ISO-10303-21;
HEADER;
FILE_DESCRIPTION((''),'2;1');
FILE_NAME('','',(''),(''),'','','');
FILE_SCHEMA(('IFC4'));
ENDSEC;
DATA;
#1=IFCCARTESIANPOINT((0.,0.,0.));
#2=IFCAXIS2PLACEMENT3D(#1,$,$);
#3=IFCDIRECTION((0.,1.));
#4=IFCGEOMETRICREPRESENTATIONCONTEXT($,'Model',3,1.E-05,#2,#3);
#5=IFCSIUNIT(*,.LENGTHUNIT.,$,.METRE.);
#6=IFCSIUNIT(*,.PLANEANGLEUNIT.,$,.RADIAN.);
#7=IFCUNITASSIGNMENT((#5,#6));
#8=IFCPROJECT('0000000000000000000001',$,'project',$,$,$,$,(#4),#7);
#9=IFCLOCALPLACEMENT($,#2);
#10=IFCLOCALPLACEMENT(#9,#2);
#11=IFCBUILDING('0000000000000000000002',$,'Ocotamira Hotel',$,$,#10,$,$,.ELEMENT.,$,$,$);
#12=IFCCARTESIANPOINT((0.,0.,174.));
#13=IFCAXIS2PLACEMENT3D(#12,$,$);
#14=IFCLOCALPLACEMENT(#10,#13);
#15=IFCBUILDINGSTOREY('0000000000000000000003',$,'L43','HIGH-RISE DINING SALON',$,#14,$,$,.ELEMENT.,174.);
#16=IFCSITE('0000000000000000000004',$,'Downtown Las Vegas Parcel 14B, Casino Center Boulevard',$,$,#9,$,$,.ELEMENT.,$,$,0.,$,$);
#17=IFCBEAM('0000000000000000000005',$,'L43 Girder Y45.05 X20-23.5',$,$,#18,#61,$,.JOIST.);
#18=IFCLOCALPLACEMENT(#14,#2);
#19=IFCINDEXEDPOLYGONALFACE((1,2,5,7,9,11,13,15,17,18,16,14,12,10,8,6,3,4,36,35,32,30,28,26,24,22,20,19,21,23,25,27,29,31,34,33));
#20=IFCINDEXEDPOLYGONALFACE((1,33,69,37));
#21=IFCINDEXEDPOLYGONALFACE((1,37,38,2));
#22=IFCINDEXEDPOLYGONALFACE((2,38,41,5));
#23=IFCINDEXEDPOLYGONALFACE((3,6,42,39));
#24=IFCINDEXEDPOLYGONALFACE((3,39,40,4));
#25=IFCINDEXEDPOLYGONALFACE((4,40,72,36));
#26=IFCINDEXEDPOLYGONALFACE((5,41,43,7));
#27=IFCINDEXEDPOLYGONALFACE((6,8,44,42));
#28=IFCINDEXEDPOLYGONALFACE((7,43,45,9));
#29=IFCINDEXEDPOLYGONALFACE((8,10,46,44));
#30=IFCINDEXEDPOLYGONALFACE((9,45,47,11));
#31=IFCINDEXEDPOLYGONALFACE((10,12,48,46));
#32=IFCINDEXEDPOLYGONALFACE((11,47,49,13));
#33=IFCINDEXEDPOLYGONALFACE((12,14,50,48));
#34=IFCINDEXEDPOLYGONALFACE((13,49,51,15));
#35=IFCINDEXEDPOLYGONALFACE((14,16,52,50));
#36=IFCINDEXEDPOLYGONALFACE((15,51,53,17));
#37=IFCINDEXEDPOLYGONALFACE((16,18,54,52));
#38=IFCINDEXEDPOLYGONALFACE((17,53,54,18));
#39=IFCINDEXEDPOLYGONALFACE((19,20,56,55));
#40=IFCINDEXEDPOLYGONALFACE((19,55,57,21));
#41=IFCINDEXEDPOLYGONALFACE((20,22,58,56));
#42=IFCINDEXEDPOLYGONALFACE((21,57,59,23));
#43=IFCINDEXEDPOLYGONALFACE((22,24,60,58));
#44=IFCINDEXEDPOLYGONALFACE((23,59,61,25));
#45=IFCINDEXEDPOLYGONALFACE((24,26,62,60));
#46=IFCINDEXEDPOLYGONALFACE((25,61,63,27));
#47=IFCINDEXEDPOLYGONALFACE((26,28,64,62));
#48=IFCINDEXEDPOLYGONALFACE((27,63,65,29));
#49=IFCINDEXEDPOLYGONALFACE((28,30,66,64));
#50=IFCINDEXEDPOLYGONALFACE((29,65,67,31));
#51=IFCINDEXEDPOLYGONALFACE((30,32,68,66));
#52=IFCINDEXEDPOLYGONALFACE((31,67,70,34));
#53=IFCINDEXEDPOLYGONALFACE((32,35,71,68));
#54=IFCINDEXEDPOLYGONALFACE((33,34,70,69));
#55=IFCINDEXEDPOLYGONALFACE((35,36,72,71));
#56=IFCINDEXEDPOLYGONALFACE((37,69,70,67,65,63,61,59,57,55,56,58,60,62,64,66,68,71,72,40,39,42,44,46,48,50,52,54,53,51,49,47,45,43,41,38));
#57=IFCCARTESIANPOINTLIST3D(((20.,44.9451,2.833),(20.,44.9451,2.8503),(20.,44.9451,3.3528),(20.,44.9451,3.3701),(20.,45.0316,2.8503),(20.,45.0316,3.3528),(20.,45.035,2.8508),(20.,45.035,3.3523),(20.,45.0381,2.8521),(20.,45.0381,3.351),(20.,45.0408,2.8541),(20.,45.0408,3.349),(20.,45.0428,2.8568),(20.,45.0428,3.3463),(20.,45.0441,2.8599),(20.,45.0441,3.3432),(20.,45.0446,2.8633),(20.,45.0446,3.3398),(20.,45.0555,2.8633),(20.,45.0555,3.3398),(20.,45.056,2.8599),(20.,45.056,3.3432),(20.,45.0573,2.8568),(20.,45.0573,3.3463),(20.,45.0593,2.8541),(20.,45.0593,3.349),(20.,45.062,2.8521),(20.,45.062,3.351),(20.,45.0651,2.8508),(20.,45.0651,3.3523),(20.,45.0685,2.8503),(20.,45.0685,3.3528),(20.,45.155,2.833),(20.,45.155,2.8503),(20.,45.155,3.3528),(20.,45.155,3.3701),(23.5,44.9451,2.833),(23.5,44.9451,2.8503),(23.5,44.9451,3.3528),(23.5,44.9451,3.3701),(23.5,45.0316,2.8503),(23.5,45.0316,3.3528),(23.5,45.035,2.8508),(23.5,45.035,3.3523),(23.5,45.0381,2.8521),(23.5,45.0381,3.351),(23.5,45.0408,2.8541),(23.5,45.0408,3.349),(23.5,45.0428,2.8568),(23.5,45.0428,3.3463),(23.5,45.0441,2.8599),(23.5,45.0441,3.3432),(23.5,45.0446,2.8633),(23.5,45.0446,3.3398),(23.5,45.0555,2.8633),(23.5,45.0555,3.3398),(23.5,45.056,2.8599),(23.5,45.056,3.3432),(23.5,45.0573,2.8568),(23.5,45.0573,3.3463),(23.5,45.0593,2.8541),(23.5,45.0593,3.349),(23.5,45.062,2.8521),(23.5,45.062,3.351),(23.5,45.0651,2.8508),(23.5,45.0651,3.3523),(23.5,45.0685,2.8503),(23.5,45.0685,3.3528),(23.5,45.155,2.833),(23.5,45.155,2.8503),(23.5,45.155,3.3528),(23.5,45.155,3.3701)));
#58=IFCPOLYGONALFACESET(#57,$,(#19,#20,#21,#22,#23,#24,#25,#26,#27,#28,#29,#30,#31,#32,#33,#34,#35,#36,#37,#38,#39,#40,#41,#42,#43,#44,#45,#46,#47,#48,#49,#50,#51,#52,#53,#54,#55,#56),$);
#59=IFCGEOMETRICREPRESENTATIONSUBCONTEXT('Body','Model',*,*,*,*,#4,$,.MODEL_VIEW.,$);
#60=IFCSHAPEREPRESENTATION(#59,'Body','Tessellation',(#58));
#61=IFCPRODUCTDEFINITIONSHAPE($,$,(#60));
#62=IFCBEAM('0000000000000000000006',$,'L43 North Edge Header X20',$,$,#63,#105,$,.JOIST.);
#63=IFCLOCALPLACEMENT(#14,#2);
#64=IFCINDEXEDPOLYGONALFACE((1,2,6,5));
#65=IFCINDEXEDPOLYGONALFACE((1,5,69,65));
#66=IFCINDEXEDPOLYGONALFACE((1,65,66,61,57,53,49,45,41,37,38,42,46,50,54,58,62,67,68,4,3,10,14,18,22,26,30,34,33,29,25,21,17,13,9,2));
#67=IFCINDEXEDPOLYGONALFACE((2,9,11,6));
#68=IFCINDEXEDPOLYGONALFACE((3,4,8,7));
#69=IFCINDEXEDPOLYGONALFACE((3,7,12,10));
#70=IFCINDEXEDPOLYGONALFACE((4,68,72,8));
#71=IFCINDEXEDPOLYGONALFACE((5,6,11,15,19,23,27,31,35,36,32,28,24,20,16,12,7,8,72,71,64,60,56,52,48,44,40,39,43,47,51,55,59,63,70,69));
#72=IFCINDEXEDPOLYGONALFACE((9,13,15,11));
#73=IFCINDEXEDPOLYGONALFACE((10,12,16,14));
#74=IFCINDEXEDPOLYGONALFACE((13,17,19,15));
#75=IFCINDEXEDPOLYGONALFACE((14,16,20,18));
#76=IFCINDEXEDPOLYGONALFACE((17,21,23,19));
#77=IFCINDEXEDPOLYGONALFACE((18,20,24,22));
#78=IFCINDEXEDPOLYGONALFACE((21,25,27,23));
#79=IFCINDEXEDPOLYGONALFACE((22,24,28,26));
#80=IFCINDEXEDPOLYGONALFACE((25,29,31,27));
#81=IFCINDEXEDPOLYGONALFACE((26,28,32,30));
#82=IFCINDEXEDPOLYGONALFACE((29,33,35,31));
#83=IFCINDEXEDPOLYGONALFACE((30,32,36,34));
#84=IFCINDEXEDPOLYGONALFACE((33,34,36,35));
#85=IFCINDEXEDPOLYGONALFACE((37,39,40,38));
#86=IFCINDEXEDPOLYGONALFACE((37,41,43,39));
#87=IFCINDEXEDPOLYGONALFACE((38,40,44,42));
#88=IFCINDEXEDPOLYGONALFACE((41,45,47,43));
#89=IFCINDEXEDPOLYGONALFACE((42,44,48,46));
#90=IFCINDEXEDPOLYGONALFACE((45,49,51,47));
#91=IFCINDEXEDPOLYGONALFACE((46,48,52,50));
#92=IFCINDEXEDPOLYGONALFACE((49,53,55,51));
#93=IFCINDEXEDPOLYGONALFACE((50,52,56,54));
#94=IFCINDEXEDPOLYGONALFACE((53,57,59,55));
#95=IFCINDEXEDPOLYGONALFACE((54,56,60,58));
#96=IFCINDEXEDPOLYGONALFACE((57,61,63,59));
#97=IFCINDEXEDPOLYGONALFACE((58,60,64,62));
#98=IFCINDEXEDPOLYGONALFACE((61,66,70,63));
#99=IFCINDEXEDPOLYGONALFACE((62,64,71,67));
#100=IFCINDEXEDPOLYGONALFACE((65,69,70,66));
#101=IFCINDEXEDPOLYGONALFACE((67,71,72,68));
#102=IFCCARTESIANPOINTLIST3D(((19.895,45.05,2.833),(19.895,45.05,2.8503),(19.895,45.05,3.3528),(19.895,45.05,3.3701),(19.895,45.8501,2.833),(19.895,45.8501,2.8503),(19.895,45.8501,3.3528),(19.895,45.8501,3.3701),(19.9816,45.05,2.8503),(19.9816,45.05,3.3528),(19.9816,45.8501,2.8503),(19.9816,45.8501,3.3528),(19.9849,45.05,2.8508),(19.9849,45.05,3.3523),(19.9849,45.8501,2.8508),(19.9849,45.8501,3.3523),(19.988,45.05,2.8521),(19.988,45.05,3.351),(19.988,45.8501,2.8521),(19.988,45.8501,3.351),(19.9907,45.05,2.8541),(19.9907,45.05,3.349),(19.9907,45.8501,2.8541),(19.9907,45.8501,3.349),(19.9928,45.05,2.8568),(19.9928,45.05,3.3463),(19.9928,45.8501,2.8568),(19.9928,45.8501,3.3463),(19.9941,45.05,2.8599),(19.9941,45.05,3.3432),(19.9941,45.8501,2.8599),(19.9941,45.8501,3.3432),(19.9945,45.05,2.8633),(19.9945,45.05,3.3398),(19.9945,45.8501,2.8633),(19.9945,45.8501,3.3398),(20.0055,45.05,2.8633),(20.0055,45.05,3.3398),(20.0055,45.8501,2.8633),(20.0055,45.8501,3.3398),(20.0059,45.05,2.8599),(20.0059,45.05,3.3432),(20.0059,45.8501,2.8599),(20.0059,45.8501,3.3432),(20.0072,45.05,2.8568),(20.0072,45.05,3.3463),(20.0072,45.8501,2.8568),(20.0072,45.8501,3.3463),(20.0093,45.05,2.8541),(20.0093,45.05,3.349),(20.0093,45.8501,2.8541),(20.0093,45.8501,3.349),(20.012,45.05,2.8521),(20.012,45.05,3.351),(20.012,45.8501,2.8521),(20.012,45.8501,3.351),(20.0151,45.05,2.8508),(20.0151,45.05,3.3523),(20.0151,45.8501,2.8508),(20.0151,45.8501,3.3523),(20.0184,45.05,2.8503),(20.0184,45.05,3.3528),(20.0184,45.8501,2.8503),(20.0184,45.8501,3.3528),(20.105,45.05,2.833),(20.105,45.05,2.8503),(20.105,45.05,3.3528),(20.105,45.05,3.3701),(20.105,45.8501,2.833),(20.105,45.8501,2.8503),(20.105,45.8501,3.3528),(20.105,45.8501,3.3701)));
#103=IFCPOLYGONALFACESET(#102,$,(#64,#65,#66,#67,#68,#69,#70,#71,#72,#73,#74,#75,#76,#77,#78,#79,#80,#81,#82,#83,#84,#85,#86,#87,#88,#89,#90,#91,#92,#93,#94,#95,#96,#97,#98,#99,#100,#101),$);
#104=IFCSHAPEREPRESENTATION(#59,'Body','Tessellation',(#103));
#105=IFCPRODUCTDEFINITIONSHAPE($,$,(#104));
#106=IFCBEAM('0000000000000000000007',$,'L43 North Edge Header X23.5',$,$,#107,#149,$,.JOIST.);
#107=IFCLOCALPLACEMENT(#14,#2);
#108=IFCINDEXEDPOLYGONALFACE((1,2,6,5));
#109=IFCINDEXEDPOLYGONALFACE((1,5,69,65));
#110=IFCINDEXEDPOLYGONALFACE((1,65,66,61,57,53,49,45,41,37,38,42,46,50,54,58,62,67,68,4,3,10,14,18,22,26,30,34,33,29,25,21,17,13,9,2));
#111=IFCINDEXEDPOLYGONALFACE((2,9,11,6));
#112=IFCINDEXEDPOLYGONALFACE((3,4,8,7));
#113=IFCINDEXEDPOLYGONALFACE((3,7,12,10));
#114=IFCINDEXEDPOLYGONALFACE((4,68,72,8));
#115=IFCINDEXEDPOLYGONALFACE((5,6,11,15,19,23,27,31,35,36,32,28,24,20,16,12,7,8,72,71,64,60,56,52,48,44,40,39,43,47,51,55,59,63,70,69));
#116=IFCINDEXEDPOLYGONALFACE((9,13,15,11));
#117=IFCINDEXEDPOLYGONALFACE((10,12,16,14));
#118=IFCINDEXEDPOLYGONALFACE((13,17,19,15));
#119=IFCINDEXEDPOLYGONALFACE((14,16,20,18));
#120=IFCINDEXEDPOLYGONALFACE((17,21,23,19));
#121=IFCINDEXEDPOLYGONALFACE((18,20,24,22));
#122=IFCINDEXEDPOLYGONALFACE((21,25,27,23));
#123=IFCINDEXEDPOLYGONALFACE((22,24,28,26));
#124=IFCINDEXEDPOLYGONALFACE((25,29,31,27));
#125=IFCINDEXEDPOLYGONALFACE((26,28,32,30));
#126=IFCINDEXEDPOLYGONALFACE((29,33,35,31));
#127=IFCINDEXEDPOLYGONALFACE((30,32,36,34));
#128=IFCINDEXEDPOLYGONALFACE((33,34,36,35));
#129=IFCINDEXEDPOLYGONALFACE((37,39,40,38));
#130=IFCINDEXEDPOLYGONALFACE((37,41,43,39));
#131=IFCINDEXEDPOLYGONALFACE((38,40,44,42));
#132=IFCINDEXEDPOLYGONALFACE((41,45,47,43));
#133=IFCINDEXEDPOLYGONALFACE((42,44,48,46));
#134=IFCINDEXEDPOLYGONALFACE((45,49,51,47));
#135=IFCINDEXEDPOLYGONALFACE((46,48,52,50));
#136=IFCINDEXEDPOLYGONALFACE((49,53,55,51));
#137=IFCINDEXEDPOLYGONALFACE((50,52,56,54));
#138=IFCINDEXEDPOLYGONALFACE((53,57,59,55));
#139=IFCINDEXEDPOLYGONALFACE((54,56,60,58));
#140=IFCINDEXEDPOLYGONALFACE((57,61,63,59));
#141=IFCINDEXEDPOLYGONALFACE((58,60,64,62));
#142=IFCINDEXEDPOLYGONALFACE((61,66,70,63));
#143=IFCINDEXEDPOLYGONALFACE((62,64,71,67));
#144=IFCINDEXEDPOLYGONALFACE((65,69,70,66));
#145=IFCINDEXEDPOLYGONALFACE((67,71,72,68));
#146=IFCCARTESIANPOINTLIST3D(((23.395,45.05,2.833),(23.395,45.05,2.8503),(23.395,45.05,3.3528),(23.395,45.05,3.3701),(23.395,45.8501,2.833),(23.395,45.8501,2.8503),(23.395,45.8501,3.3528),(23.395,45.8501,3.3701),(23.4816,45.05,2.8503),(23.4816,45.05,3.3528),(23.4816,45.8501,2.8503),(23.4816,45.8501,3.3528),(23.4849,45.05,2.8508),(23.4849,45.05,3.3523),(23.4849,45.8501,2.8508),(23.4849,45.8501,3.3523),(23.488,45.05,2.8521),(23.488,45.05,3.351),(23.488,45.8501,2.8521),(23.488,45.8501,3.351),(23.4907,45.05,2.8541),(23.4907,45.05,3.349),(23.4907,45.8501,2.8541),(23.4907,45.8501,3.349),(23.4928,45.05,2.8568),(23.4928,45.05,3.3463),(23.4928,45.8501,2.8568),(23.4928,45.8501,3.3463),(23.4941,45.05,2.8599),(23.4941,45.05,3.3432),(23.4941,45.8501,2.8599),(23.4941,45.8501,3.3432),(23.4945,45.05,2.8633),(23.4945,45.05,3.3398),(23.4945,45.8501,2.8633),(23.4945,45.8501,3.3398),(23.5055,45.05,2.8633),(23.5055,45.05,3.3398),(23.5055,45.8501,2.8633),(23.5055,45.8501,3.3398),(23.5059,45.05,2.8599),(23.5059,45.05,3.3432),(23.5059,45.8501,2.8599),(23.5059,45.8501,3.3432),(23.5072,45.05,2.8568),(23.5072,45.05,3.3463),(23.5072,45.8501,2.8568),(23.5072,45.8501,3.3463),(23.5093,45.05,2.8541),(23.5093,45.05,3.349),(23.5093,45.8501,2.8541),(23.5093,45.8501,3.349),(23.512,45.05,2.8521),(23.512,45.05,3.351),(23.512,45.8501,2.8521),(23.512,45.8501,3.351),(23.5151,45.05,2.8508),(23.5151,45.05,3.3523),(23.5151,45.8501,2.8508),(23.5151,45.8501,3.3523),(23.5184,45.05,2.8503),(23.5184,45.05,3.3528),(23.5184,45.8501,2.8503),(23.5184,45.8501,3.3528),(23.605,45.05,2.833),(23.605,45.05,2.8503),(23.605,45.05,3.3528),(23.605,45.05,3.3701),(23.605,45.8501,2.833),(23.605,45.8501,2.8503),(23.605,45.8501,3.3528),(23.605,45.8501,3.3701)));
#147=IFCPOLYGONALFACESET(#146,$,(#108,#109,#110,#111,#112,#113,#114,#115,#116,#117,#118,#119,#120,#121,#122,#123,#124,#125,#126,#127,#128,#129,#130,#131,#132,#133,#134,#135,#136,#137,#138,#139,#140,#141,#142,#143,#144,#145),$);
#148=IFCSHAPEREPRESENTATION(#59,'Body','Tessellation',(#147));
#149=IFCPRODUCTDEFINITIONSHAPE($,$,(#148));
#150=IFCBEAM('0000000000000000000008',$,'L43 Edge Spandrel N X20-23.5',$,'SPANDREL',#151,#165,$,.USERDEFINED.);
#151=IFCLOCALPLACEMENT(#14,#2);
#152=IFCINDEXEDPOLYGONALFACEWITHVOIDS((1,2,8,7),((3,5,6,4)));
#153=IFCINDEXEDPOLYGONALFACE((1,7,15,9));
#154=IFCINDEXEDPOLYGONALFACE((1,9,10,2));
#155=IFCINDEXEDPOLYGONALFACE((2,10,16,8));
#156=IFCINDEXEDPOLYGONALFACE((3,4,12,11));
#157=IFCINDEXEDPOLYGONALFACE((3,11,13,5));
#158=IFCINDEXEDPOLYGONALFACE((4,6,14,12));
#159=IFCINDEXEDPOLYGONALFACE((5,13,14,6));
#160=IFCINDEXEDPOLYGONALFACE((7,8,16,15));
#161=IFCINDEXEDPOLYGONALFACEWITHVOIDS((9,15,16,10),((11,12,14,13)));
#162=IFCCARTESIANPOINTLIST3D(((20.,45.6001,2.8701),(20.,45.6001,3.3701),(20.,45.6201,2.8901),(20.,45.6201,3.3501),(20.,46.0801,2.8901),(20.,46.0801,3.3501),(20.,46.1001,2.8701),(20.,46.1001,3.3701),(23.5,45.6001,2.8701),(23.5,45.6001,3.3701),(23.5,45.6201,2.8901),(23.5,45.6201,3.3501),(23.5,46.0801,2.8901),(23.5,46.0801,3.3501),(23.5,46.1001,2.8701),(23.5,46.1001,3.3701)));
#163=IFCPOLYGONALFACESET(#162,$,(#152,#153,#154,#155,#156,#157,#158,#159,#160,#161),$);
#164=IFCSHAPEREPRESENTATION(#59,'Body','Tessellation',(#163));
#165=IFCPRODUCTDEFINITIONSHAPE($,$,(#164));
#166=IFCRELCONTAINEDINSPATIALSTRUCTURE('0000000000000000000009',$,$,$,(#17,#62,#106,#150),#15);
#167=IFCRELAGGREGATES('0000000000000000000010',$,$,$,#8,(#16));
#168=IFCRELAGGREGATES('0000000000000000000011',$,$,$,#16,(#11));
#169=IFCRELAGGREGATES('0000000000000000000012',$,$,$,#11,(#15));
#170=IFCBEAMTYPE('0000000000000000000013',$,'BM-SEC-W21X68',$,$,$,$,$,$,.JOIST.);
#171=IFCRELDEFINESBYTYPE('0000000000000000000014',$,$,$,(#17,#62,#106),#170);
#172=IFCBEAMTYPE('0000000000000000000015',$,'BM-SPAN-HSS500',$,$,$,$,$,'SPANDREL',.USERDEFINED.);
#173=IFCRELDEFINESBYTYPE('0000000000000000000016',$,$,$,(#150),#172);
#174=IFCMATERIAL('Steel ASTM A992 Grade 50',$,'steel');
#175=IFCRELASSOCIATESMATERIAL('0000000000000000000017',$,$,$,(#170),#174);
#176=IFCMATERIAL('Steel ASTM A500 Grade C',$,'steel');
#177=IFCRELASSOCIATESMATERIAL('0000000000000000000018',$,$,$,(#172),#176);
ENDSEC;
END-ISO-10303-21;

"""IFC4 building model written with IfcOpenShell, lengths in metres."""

from ifc_helpers import new_model, si_unit, direction, frame, origin, origin_2d, place, context, subcontext, project, spatial, hollow_rectangle, i_section, extrude, source, transform, mapped, material, material_profile, profile_set, type_object, element, save


model = new_model("IFC4")

# Units and contexts
model_context = context("Model", 3, precision=1e-05, world=origin(), true_north=direction((0.0, 1.0)))
body_context = subcontext(model_context, "Body", "Model", "MODEL_VIEW")
ifc_project = project(units=[si_unit("LENGTHUNIT", "METRE"), si_unit("PLANEANGLEUNIT", "RADIAN")], contexts=[model_context])

# Site, building, storey
site_placement = place(None, origin())
site = spatial("IfcSite", under=ifc_project, at=site_placement, Name="Downtown Las Vegas Parcel 14B, Casino Center Boulevard", CompositionType="ELEMENT", RefElevation=0.0)
building_placement = place(site_placement, origin())
building = spatial("IfcBuilding", under=site, at=building_placement, Name="Ocotamira Hotel", CompositionType="ELEMENT")
storey_placement = place(building_placement, frame((0.0, 0.0, 174.0)))
storey = spatial("IfcBuildingStorey", under=building, at=storey_placement, Name="L43", Description="HIGH-RISE DINING SALON", CompositionType="ELEMENT", Elevation=174.0)

# Beams
ifc_material_1 = material(Name="Steel ASTM A992 Grade 50", Category="steel")
ifc_material_profile_1 = material_profile(ifc_material_1, i_section(OverallWidth=0.21, OverallDepth=0.5371, WebThickness=0.011, FlangeThickness=0.0173, FilletRadius=0.0129, at=origin_2d()), Name="W21X68")
ifc_profile_set_1 = profile_set([ifc_material_profile_1], Name="Steel ASTM A992 Grade 50")
beam_type_1 = type_object("IfcBeamType", Name="BM-SEC-W21X68", PredefinedType="JOIST", material=ifc_profile_set_1)
shared_shape_1 = source(origin(), body_context, "Body", "SweptSolid", [
    extrude(i_section(OverallWidth=0.21, OverallDepth=0.5371, WebThickness=0.011, FlangeThickness=0.0173, FilletRadius=0.0129, at=origin_2d()), origin(), (0.0, 0.0, 1.0), 3.5),
])
beam_1_placement = place(storey_placement, frame((20.0, 45.05, 3.1016), z_axis=(1.0, 0.0, 0.0), x_axis=(0.0, 1.0, 0.0)))
element("IfcBeam", 1, at=beam_1_placement, inside=storey, type_object=beam_type_1, Name="L43 Girder Y45.05 X20-23.5", PredefinedType="JOIST", context=body_context, shape_type="MappedRepresentation", body=[
    mapped(shared_shape_1, transform((0.0, 0.0, 0.0), scale=1.0)),
])
shared_shape_2 = source(origin(), body_context, "Body", "SweptSolid", [
    extrude(i_section(OverallWidth=0.21, OverallDepth=0.5371, WebThickness=0.011, FlangeThickness=0.0173, FilletRadius=0.0129, at=origin_2d()), origin(), (0.0, 0.0, 1.0), 0.8),
])
for number, where, z_axis, x_axis, name in (
    (2, (20.0, 45.05, 3.1016), (0.0, 1.0, 0.0), (-1.0, 0.0, 0.0), "L43 North Edge Header X20"),
    (3, (23.5, 45.05, 3.1016), (0.0, 1.0, 0.0), (-1.0, 0.0, 0.0), "L43 North Edge Header X23.5"),
):
    element("IfcBeam", number, at=place(storey_placement, frame(where, z_axis=z_axis, x_axis=x_axis)), inside=storey, type_object=beam_type_1, Name=name, PredefinedType="JOIST", context=body_context, shape_type="MappedRepresentation", body=[
        mapped(shared_shape_2, transform((0.0, 0.0, 0.0), scale=1.0)),
    ])
ifc_material_2 = material(Name="Steel ASTM A500 Grade C", Category="steel")
ifc_material_profile_2 = material_profile(ifc_material_2, hollow_rectangle(XDim=0.5, YDim=0.5, WallThickness=0.02, at=origin_2d()), Name="HSS500X500X20")
ifc_profile_set_2 = profile_set([ifc_material_profile_2], Name="Steel ASTM A500 Grade C")
beam_type_2 = type_object("IfcBeamType", Name="BM-SPAN-HSS500", ElementType="SPANDREL", PredefinedType="USERDEFINED", material=ifc_profile_set_2)
shared_shape_3 = source(origin(), body_context, "Body", "SweptSolid", [
    extrude(hollow_rectangle(XDim=0.5, YDim=0.5, WallThickness=0.02, at=origin_2d()), origin(), (0.0, 0.0, 1.0), 3.5),
])
beam_2_placement = place(storey_placement, frame((20.0, 45.8501, 3.1201), z_axis=(1.0, 0.0, 0.0), x_axis=(0.0, 1.0, 0.0)))
element("IfcBeam", 4, at=beam_2_placement, inside=storey, type_object=beam_type_2, Name="L43 Edge Spandrel N X20-23.5", ObjectType="SPANDREL", PredefinedType="USERDEFINED", context=body_context, shape_type="MappedRepresentation", body=[
    mapped(shared_shape_3, transform((0.0, 0.0, 0.0), scale=1.0)),
])

save(model, "model.ifc")
